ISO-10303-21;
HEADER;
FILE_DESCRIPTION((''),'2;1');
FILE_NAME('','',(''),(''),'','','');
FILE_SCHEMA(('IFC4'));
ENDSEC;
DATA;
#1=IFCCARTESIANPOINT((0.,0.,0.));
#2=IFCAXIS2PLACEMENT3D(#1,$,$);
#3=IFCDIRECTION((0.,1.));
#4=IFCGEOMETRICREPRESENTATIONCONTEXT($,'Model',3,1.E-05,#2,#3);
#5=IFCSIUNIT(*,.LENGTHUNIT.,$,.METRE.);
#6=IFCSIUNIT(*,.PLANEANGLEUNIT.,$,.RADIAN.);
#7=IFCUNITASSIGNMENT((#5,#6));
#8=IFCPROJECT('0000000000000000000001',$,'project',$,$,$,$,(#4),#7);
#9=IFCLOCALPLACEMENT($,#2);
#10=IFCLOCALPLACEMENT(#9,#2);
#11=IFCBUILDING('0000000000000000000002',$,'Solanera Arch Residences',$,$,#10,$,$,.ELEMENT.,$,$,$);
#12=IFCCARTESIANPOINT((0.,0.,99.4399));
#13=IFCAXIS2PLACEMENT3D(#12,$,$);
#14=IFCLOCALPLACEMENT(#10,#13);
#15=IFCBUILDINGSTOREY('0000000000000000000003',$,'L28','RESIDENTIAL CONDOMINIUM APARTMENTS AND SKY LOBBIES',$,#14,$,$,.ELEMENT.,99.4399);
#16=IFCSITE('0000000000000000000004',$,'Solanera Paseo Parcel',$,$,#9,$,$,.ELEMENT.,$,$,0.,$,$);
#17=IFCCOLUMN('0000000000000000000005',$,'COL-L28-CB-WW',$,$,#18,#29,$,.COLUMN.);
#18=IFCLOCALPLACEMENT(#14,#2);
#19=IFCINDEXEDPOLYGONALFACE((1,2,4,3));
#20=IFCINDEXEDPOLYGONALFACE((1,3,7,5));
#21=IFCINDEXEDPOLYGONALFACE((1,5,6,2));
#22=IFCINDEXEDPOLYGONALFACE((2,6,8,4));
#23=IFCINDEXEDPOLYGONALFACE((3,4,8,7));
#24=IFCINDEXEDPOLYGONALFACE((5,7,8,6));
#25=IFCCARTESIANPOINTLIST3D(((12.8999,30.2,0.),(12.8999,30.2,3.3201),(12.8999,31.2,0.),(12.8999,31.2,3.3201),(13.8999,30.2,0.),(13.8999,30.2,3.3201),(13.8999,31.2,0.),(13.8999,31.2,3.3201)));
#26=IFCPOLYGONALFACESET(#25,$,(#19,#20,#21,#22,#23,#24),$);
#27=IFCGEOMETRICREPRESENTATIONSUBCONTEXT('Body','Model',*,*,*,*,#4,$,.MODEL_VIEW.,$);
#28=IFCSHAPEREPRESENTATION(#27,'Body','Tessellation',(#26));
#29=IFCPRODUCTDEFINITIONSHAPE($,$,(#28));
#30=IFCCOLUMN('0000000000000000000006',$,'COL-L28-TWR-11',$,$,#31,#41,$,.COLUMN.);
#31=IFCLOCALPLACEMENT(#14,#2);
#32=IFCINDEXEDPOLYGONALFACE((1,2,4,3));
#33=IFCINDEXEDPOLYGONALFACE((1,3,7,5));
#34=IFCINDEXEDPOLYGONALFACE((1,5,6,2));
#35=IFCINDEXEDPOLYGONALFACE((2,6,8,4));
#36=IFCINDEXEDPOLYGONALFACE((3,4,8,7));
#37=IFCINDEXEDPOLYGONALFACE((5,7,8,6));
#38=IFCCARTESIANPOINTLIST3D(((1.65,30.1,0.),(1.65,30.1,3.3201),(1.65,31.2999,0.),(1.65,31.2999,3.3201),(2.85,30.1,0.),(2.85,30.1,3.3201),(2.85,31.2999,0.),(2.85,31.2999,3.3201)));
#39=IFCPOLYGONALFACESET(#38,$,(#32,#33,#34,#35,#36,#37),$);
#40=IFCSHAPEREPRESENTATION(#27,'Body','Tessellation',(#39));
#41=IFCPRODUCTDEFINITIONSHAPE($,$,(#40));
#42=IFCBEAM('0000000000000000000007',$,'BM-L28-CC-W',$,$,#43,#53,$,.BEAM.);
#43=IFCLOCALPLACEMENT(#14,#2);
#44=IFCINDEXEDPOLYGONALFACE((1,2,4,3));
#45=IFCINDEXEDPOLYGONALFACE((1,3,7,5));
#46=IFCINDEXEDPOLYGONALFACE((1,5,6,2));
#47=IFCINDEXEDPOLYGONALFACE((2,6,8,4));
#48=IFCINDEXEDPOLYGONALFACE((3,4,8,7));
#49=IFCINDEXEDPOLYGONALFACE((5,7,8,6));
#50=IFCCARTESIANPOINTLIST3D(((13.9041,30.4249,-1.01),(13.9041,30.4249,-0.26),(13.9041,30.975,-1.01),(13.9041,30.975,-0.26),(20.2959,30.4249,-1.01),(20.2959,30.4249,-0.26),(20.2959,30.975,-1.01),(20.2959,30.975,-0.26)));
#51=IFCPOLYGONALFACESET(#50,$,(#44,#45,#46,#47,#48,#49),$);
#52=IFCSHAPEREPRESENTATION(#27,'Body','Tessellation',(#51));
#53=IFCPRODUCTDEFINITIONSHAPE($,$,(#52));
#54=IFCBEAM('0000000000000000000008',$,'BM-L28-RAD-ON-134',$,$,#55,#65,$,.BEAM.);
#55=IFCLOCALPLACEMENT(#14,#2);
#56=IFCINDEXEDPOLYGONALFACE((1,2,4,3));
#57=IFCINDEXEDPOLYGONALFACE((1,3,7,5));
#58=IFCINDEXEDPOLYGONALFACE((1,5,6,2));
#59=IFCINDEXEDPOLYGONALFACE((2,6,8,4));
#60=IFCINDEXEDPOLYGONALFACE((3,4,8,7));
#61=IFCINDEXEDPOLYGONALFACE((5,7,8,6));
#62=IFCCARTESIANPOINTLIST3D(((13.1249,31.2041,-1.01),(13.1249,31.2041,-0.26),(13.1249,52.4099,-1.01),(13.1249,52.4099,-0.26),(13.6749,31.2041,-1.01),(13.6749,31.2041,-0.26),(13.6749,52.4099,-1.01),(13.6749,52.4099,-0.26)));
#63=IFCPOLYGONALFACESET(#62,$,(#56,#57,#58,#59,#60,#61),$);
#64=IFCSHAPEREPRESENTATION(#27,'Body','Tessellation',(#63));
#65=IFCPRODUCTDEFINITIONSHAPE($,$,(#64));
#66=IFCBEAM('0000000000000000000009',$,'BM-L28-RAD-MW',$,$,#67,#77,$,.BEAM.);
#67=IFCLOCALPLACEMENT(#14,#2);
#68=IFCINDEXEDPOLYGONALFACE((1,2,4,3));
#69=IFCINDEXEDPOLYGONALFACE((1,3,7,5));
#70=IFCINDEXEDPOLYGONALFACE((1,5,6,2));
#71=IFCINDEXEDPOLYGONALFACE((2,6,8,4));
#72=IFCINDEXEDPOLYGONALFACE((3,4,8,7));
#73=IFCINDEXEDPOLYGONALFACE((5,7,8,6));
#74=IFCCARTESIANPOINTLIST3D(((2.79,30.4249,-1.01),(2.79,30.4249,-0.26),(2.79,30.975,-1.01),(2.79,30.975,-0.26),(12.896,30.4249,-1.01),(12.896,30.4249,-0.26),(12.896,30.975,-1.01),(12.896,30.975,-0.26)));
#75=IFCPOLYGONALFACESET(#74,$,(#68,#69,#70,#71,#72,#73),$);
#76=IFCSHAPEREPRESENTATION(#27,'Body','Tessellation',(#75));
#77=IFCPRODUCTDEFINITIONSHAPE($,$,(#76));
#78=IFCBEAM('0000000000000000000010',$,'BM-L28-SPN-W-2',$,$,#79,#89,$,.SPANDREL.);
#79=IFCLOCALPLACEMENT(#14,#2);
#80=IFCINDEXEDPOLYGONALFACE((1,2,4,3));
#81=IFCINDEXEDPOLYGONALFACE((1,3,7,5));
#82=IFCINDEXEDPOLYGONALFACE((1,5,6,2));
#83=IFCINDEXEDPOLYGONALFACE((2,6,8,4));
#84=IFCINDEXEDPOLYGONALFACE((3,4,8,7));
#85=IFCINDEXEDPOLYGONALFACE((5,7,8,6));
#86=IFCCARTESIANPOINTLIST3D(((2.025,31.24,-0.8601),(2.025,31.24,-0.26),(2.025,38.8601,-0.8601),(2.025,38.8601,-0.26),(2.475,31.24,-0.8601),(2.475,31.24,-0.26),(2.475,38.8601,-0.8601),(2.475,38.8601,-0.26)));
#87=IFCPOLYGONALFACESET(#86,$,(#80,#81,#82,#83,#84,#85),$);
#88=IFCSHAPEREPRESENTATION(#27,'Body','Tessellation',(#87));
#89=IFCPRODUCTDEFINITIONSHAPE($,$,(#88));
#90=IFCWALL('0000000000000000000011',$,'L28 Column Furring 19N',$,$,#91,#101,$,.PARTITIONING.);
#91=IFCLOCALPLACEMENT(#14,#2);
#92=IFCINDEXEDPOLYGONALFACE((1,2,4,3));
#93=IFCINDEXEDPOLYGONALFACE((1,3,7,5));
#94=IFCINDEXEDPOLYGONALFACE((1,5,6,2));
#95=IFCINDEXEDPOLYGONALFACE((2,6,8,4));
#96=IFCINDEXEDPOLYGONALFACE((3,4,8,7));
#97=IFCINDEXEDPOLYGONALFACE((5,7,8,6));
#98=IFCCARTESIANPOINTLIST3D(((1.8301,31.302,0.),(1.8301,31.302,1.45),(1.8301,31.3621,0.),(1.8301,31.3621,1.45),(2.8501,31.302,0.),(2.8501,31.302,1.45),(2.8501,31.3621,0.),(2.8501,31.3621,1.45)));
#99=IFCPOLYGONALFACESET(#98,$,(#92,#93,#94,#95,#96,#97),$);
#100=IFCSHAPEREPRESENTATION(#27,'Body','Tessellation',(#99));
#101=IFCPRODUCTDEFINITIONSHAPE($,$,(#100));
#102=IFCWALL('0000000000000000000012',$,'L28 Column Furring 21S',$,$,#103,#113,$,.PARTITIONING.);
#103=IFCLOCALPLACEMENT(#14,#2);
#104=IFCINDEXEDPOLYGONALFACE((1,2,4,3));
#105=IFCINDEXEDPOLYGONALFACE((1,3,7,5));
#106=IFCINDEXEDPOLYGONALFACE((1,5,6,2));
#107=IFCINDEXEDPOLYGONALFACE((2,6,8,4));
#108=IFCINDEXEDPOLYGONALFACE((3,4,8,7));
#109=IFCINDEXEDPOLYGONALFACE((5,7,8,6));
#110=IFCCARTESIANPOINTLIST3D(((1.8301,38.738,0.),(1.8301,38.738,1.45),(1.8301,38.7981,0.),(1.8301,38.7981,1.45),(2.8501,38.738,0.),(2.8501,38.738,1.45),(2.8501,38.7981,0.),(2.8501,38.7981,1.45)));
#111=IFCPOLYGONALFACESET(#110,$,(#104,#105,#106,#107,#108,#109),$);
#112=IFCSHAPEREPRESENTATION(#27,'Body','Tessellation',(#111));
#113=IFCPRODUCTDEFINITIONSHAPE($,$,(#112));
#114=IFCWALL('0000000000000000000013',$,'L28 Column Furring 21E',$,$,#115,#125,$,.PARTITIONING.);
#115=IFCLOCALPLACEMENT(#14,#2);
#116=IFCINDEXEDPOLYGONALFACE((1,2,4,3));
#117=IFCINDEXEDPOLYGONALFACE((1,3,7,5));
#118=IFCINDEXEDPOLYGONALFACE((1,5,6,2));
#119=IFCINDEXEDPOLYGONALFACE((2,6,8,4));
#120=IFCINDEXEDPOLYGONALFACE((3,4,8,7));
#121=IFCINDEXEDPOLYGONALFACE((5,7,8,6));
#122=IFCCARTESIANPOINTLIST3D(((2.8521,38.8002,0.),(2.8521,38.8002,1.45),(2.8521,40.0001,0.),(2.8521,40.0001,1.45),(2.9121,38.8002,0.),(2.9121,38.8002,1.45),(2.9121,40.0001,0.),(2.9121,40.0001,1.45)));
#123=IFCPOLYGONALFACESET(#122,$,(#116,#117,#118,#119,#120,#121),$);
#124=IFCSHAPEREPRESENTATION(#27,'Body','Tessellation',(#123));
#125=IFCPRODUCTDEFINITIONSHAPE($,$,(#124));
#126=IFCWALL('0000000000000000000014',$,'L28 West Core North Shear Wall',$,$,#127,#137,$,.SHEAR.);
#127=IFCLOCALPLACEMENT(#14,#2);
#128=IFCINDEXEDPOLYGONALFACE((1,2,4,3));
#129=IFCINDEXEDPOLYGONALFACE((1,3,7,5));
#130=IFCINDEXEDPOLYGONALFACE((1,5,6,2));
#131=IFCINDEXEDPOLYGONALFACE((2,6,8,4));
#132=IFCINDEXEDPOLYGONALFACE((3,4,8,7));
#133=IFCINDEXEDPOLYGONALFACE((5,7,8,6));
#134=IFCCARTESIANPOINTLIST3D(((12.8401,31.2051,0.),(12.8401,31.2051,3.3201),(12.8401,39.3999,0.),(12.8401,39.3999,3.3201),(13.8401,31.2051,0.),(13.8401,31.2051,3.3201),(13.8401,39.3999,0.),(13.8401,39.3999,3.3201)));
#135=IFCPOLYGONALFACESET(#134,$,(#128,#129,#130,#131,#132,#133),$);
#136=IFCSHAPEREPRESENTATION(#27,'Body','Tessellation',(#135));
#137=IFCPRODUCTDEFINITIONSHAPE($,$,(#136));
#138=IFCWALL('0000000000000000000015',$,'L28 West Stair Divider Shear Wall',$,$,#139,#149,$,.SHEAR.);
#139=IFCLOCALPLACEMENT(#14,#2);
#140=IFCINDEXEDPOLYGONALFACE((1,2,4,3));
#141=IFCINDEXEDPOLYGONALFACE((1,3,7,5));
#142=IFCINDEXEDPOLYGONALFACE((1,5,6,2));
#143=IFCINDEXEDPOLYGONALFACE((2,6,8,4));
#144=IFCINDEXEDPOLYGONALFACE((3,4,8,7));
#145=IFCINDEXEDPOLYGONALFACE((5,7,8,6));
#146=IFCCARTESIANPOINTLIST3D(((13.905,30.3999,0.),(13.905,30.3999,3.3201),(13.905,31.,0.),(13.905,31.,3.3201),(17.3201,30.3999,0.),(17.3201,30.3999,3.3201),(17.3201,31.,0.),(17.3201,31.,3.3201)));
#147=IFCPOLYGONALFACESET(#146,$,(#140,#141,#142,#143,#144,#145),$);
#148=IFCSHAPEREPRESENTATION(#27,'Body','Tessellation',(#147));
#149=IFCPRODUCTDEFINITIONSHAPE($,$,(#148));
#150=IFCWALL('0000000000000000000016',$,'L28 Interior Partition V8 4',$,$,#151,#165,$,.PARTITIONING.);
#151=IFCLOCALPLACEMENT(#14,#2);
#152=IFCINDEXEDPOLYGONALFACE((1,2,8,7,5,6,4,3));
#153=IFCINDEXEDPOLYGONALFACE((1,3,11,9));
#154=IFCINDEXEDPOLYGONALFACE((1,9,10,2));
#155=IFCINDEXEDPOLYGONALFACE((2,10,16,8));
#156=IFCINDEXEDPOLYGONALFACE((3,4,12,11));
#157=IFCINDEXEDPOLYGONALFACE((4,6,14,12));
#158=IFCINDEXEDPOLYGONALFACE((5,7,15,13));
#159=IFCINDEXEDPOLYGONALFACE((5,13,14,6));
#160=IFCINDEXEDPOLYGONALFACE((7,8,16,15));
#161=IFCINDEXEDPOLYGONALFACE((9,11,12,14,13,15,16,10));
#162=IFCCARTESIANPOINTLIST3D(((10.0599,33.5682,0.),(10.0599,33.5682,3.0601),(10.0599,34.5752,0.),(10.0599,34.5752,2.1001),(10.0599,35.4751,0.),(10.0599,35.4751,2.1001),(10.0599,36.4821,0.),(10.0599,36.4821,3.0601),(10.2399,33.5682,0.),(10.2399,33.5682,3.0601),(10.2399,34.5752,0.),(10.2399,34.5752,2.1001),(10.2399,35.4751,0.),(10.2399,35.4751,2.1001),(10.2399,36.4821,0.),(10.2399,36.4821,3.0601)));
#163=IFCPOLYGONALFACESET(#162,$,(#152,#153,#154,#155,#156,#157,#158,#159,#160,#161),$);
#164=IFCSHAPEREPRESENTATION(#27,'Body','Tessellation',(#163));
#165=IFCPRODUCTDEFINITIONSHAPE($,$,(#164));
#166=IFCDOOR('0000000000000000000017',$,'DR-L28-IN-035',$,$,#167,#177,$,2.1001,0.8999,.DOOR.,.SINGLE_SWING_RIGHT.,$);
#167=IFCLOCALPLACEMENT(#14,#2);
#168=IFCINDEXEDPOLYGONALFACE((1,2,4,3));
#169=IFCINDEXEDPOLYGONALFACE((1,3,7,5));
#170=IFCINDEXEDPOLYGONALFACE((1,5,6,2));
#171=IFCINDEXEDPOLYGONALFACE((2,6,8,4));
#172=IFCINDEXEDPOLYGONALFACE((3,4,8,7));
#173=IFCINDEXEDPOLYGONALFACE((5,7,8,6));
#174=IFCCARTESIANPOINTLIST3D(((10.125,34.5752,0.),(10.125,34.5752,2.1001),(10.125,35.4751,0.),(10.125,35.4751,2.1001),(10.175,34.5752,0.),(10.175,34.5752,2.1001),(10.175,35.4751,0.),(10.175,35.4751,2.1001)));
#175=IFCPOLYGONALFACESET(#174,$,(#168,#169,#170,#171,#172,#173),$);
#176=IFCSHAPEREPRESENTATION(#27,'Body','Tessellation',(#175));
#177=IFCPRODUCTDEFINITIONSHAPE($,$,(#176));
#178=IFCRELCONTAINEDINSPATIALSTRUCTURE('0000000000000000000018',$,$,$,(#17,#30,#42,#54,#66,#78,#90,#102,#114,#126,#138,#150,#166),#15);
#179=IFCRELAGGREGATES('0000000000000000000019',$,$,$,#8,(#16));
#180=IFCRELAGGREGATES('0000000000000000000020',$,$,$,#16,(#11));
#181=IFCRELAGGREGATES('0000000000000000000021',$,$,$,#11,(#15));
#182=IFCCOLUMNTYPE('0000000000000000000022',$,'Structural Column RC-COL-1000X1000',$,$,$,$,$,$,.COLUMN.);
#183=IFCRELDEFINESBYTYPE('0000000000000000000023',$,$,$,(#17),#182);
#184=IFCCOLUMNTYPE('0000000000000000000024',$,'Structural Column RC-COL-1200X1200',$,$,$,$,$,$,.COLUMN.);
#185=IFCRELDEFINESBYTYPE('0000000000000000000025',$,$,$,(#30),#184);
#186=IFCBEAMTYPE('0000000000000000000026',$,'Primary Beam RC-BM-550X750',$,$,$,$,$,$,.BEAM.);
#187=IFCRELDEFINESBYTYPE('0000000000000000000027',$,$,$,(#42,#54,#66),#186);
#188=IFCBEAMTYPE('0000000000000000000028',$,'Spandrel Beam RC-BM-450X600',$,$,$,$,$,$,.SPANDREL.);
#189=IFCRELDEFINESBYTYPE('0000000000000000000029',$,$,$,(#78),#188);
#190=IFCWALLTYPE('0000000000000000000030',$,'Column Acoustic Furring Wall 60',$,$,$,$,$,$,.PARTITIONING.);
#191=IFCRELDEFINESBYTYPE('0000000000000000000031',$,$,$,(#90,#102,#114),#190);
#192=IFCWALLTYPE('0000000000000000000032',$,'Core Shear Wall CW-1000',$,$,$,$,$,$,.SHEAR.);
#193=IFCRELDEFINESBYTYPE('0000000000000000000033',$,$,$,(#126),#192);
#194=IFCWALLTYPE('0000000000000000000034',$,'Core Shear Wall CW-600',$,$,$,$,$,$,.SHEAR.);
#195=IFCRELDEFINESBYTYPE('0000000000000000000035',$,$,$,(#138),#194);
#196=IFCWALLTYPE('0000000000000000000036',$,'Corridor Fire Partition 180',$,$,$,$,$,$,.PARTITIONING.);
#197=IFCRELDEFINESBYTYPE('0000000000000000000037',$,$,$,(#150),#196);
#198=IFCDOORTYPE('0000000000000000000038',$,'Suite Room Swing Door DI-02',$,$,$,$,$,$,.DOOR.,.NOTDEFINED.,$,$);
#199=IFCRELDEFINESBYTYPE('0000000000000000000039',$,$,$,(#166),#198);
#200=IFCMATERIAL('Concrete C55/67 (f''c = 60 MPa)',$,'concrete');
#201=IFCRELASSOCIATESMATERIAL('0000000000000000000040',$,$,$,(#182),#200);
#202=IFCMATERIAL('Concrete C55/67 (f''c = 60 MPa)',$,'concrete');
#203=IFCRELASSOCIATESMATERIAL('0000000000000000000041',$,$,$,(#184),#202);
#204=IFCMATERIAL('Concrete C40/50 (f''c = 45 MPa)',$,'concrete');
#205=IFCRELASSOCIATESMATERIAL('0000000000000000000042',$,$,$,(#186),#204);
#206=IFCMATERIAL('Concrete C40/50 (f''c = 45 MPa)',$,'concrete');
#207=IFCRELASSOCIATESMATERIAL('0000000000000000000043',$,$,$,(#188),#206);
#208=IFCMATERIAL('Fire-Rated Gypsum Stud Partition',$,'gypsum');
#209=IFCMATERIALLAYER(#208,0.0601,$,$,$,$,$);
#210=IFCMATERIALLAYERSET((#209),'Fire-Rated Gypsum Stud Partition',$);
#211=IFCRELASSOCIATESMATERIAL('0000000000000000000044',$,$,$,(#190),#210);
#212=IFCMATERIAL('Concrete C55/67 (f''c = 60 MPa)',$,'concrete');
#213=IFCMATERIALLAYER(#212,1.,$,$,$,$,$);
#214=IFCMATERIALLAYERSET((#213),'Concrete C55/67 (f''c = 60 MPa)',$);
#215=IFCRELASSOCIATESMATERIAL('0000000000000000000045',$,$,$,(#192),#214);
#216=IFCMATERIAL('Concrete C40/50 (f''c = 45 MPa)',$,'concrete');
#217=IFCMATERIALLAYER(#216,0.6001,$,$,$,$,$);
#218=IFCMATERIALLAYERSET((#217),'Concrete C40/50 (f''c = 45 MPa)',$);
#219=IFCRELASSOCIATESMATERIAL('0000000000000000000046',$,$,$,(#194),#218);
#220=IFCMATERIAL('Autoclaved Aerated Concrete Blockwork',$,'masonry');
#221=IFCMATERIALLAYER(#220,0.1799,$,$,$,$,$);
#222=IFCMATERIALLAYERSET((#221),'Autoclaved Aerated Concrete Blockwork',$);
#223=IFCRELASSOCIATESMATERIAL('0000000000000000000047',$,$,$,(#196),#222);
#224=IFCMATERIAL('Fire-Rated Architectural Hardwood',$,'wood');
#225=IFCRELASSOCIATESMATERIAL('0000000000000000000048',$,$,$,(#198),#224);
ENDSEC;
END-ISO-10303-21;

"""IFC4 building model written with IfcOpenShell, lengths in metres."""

from ifc_helpers import new_model, si_unit, direction, frame, frame_2d, origin, origin_2d, place, context, subcontext, project, spatial, rectangle, extrude, material, layer, layer_set, material_profile, profile_set, type_object, element, fill, save


model = new_model("IFC4")

# Units and contexts
model_context = context("Model", 3, precision=1e-05, world=origin(), true_north=direction((0.0, 1.0)))
body_context = subcontext(model_context, "Body", "Model", "MODEL_VIEW")
ifc_project = project(units=[si_unit("LENGTHUNIT", "METRE"), si_unit("PLANEANGLEUNIT", "RADIAN")], contexts=[model_context])

# Site, building, storey
site_placement = place(None, origin())
site = spatial("IfcSite", under=ifc_project, at=site_placement, Name="Solanera Paseo Parcel", CompositionType="ELEMENT", RefElevation=0.0)
building_placement = place(site_placement, origin())
building = spatial("IfcBuilding", under=site, at=building_placement, Name="Solanera Arch Residences", CompositionType="ELEMENT")
storey_placement = place(building_placement, frame((0.0, 0.0, 99.4399)))
storey = spatial("IfcBuildingStorey", under=building, at=storey_placement, Name="L28", Description="RESIDENTIAL CONDOMINIUM APARTMENTS AND SKY LOBBIES", CompositionType="ELEMENT", Elevation=99.4399)

# Columns
ifc_material_1 = material(Name="Concrete C55/67 (f'c = 60 MPa)", Category="concrete")
ifc_material_profile_1 = material_profile(ifc_material_1, rectangle(XDim=1.0, YDim=1.0, at=origin_2d()))
ifc_profile_set_1 = profile_set([ifc_material_profile_1], Name="Concrete C55/67 (f'c = 60 MPa)")
column_type_1 = type_object("IfcColumnType", Name="Structural Column RC-COL-1000X1000", PredefinedType="COLUMN", material=ifc_profile_set_1)
column_1_placement = place(storey_placement, frame((13.3999, 30.7, 0.0), z_axis=(0.0, 0.0, 1.0), x_axis=(1.0, 0.0, 0.0)))
element("IfcColumn", 1, at=column_1_placement, inside=storey, type_object=column_type_1, Name="COL-L28-CB-WW", PredefinedType="COLUMN", context=body_context, shape_type="SweptSolid", body=[
    extrude(rectangle(XDim=1.0, YDim=1.0, at=origin_2d()), origin(), (0.0, 0.0, 1.0), 3.3201),
])
ifc_material_2 = material(Name="Concrete C55/67 (f'c = 60 MPa)", Category="concrete")
ifc_material_profile_2 = material_profile(ifc_material_2, rectangle(XDim=1.2, YDim=1.2, at=origin_2d()))
ifc_profile_set_2 = profile_set([ifc_material_profile_2], Name="Concrete C55/67 (f'c = 60 MPa)")
column_type_2 = type_object("IfcColumnType", Name="Structural Column RC-COL-1200X1200", PredefinedType="COLUMN", material=ifc_profile_set_2)
column_2_placement = place(storey_placement, frame((2.25, 30.7, 0.0), z_axis=(0.0, 0.0, 1.0), x_axis=(1.0, 0.0, 0.0)))
element("IfcColumn", 2, at=column_2_placement, inside=storey, type_object=column_type_2, Name="COL-L28-TWR-11", PredefinedType="COLUMN", context=body_context, shape_type="SweptSolid", body=[
    extrude(rectangle(XDim=1.2, YDim=1.2, at=origin_2d()), origin(), (0.0, 0.0, 1.0), 3.3201),
])

# Beams
ifc_material_3 = material(Name="Concrete C40/50 (f'c = 45 MPa)", Category="concrete")
ifc_material_profile_3 = material_profile(ifc_material_3, rectangle(XDim=0.55, YDim=0.75, at=origin_2d()))
ifc_profile_set_3 = profile_set([ifc_material_profile_3], Name="Concrete C40/50 (f'c = 45 MPa)")
beam_type_1 = type_object("IfcBeamType", Name="Primary Beam RC-BM-550X750", PredefinedType="BEAM", material=ifc_profile_set_3)
beam_1_placement = place(storey_placement, frame((13.9041, 30.7, -0.635), z_axis=(1.0, 0.0, 0.0), x_axis=(0.0, 1.0, 0.0)))
element("IfcBeam", 3, at=beam_1_placement, inside=storey, type_object=beam_type_1, Name="BM-L28-CC-W", PredefinedType="BEAM", context=body_context, shape_type="SweptSolid", body=[
    extrude(rectangle(XDim=0.55, YDim=0.75, at=origin_2d()), origin(), (0.0, 0.0, 1.0), 6.3918),
])
beam_2_placement = place(storey_placement, frame((13.3999, 31.2041, -0.635), z_axis=(0.0, 1.0, 0.0), x_axis=(-1.0, 0.0, 0.0)))
element("IfcBeam", 4, at=beam_2_placement, inside=storey, type_object=beam_type_1, Name="BM-L28-RAD-ON-134", PredefinedType="BEAM", context=body_context, shape_type="SweptSolid", body=[
    extrude(rectangle(XDim=0.55, YDim=0.75, at=origin_2d()), origin(), (0.0, 0.0, 1.0), 21.2058),
])
beam_3_placement = place(storey_placement, frame((2.79, 30.7, -0.635), z_axis=(1.0, 0.0, 0.0), x_axis=(0.0, 1.0, 0.0)))
element("IfcBeam", 5, at=beam_3_placement, inside=storey, type_object=beam_type_1, Name="BM-L28-RAD-MW", PredefinedType="BEAM", context=body_context, shape_type="SweptSolid", body=[
    extrude(rectangle(XDim=0.55, YDim=0.75, at=origin_2d()), origin(), (0.0, 0.0, 1.0), 10.106),
])
ifc_material_4 = material(Name="Concrete C40/50 (f'c = 45 MPa)", Category="concrete")
ifc_material_profile_4 = material_profile(ifc_material_4, rectangle(XDim=0.45, YDim=0.6001, at=origin_2d()))
ifc_profile_set_4 = profile_set([ifc_material_profile_4], Name="Concrete C40/50 (f'c = 45 MPa)")
beam_type_2 = type_object("IfcBeamType", Name="Spandrel Beam RC-BM-450X600", PredefinedType="SPANDREL", material=ifc_profile_set_4)
beam_4_placement = place(storey_placement, frame((2.25, 31.24, -0.5601), z_axis=(0.0, 1.0, 0.0), x_axis=(-1.0, 0.0, 0.0)))
element("IfcBeam", 6, at=beam_4_placement, inside=storey, type_object=beam_type_2, Name="BM-L28-SPN-W-2", PredefinedType="SPANDREL", context=body_context, shape_type="SweptSolid", body=[
    extrude(rectangle(XDim=0.45, YDim=0.6001, at=origin_2d()), origin(), (0.0, 0.0, 1.0), 7.6201),
])

# Walls
ifc_material_5 = material(Name="Fire-Rated Gypsum Stud Partition", Category="gypsum")
ifc_layer_1 = layer(ifc_material_5, 0.0601)
ifc_layer_set_1 = layer_set([ifc_layer_1], Name="Fire-Rated Gypsum Stud Partition")
wall_type_1 = type_object("IfcWallType", Name="Column Acoustic Furring Wall 60", PredefinedType="PARTITIONING", material=ifc_layer_set_1)
for number, where, z_axis, x_axis, name in (
    (7, (1.8301, 31.332, 0.0), (0.0, 0.0, 1.0), (1.0, 0.0, 0.0), "L28 Column Furring 19N"),
    (8, (1.8301, 38.7681, 0.0), (0.0, 0.0, 1.0), (1.0, 0.0, 0.0), "L28 Column Furring 21S"),
):
    element("IfcWall", number, at=place(storey_placement, frame(where, z_axis=z_axis, x_axis=x_axis)), inside=storey, type_object=wall_type_1, Name=name, PredefinedType="PARTITIONING", context=body_context, shape_type="SweptSolid", body=[
        extrude(rectangle(XDim=1.02, YDim=0.0601, at=frame_2d((0.51, 0.0))), origin(), (0.0, 0.0, 1.0), 1.45),
    ])
wall_1_placement = place(storey_placement, frame((2.8821, 38.8, 0.0), z_axis=(0.0, 0.0, 1.0), x_axis=(0.0, 1.0, 0.0)))
element("IfcWall", 9, at=wall_1_placement, inside=storey, type_object=wall_type_1, Name="L28 Column Furring 21E", PredefinedType="PARTITIONING", context=body_context, shape_type="SweptSolid", body=[
    extrude(rectangle(XDim=1.2, YDim=0.0601, at=frame_2d((0.6001, 0.0))), origin(), (0.0, 0.0, 1.0), 1.45),
])
ifc_material_6 = material(Name="Concrete C55/67 (f'c = 60 MPa)", Category="concrete")
ifc_layer_2 = layer(ifc_material_6, 1.0)
ifc_layer_set_2 = layer_set([ifc_layer_2], Name="Concrete C55/67 (f'c = 60 MPa)")
wall_type_2 = type_object("IfcWallType", Name="Core Shear Wall CW-1000", PredefinedType="SHEAR", material=ifc_layer_set_2)
wall_2_placement = place(storey_placement, frame((13.3401, 31.2051, 0.0), z_axis=(0.0, 0.0, 1.0), x_axis=(0.0, 1.0, 0.0)))
element("IfcWall", 10, at=wall_2_placement, inside=storey, type_object=wall_type_2, Name="L28 West Core North Shear Wall", PredefinedType="SHEAR", context=body_context, shape_type="SweptSolid", body=[
    extrude(rectangle(XDim=8.1948, YDim=1.0, at=frame_2d((4.0974, 0.0))), origin(), (0.0, 0.0, 1.0), 3.3201),
])
ifc_material_7 = material(Name="Concrete C40/50 (f'c = 45 MPa)", Category="concrete")
ifc_layer_3 = layer(ifc_material_7, 0.6001)
ifc_layer_set_3 = layer_set([ifc_layer_3], Name="Concrete C40/50 (f'c = 45 MPa)")
wall_type_3 = type_object("IfcWallType", Name="Core Shear Wall CW-600", PredefinedType="SHEAR", material=ifc_layer_set_3)
wall_3_placement = place(storey_placement, frame((13.905, 30.7, 0.0), z_axis=(0.0, 0.0, 1.0), x_axis=(1.0, 0.0, 0.0)))
element("IfcWall", 11, at=wall_3_placement, inside=storey, type_object=wall_type_3, Name="L28 West Stair Divider Shear Wall", PredefinedType="SHEAR", context=body_context, shape_type="SweptSolid", body=[
    extrude(rectangle(XDim=3.415, YDim=0.6001, at=frame_2d((1.7075, 0.0))), origin(), (0.0, 0.0, 1.0), 3.3201),
])

# Wall, opening, door
ifc_material_8 = material(Name="Autoclaved Aerated Concrete Blockwork", Category="masonry")
ifc_layer_4 = layer(ifc_material_8, 0.1799)
ifc_layer_set_4 = layer_set([ifc_layer_4], Name="Autoclaved Aerated Concrete Blockwork")
wall_type_4 = type_object("IfcWallType", Name="Corridor Fire Partition 180", PredefinedType="PARTITIONING", material=ifc_layer_set_4)
wall_4_placement = place(storey_placement, frame((10.1499, 33.5681, 0.0), z_axis=(0.0, 0.0, 1.0), x_axis=(0.0, 1.0, 0.0)))
wall_4 = element("IfcWall", 12, at=wall_4_placement, inside=storey, type_object=wall_type_4, Name="L28 Interior Partition V8 4", PredefinedType="PARTITIONING", context=body_context, shape_type="SweptSolid", body=[
    extrude(rectangle(XDim=2.9138, YDim=0.1799, at=frame_2d((1.457, 0.0))), origin(), (0.0, 0.0, 1.0), 3.0601),
])
opening_placement = place(wall_4_placement, frame((1.0071, 0.0, 0.0)))
opening = element("IfcOpeningElement", 13, at=opening_placement, cuts=wall_4, PredefinedType="OPENING", context=body_context, shape_type="SweptSolid", body=[
    extrude(rectangle(XDim=0.8999, YDim=2.1001, at=frame_2d((0.45, 1.05))), frame((0.0, 0.1001, 0.0), z_axis=(0.0, -1.0, 0.0), x_axis=(1.0, 0.0, 0.0)), (0.0, 0.0, 1.0), 0.1999),
])
ifc_material_9 = material(Name="Fire-Rated Architectural Hardwood", Category="wood")
door_type = type_object("IfcDoorType", Name="Suite Room Swing Door DI-02", OperationType="NOTDEFINED", PredefinedType="DOOR", material=ifc_material_9)
door_placement = place(opening_placement, origin())
door = element("IfcDoor", 14, at=door_placement, inside=storey, type_object=door_type, Name="DR-L28-IN-035", OperationType="SINGLE_SWING_RIGHT", OverallHeight=2.1001, OverallWidth=0.8999, PredefinedType="DOOR", context=body_context, shape_type="SweptSolid", body=[
    extrude(rectangle(XDim=0.8999, YDim=2.1001, at=frame_2d((0.45, 1.05))), frame((0.0, 0.0249, 0.0), z_axis=(0.0, -1.0, 0.0), x_axis=(1.0, 0.0, 0.0)), (0.0, 0.0, 1.0), 0.05),
])
fill(opening, door)

save(model, "model.ifc")
